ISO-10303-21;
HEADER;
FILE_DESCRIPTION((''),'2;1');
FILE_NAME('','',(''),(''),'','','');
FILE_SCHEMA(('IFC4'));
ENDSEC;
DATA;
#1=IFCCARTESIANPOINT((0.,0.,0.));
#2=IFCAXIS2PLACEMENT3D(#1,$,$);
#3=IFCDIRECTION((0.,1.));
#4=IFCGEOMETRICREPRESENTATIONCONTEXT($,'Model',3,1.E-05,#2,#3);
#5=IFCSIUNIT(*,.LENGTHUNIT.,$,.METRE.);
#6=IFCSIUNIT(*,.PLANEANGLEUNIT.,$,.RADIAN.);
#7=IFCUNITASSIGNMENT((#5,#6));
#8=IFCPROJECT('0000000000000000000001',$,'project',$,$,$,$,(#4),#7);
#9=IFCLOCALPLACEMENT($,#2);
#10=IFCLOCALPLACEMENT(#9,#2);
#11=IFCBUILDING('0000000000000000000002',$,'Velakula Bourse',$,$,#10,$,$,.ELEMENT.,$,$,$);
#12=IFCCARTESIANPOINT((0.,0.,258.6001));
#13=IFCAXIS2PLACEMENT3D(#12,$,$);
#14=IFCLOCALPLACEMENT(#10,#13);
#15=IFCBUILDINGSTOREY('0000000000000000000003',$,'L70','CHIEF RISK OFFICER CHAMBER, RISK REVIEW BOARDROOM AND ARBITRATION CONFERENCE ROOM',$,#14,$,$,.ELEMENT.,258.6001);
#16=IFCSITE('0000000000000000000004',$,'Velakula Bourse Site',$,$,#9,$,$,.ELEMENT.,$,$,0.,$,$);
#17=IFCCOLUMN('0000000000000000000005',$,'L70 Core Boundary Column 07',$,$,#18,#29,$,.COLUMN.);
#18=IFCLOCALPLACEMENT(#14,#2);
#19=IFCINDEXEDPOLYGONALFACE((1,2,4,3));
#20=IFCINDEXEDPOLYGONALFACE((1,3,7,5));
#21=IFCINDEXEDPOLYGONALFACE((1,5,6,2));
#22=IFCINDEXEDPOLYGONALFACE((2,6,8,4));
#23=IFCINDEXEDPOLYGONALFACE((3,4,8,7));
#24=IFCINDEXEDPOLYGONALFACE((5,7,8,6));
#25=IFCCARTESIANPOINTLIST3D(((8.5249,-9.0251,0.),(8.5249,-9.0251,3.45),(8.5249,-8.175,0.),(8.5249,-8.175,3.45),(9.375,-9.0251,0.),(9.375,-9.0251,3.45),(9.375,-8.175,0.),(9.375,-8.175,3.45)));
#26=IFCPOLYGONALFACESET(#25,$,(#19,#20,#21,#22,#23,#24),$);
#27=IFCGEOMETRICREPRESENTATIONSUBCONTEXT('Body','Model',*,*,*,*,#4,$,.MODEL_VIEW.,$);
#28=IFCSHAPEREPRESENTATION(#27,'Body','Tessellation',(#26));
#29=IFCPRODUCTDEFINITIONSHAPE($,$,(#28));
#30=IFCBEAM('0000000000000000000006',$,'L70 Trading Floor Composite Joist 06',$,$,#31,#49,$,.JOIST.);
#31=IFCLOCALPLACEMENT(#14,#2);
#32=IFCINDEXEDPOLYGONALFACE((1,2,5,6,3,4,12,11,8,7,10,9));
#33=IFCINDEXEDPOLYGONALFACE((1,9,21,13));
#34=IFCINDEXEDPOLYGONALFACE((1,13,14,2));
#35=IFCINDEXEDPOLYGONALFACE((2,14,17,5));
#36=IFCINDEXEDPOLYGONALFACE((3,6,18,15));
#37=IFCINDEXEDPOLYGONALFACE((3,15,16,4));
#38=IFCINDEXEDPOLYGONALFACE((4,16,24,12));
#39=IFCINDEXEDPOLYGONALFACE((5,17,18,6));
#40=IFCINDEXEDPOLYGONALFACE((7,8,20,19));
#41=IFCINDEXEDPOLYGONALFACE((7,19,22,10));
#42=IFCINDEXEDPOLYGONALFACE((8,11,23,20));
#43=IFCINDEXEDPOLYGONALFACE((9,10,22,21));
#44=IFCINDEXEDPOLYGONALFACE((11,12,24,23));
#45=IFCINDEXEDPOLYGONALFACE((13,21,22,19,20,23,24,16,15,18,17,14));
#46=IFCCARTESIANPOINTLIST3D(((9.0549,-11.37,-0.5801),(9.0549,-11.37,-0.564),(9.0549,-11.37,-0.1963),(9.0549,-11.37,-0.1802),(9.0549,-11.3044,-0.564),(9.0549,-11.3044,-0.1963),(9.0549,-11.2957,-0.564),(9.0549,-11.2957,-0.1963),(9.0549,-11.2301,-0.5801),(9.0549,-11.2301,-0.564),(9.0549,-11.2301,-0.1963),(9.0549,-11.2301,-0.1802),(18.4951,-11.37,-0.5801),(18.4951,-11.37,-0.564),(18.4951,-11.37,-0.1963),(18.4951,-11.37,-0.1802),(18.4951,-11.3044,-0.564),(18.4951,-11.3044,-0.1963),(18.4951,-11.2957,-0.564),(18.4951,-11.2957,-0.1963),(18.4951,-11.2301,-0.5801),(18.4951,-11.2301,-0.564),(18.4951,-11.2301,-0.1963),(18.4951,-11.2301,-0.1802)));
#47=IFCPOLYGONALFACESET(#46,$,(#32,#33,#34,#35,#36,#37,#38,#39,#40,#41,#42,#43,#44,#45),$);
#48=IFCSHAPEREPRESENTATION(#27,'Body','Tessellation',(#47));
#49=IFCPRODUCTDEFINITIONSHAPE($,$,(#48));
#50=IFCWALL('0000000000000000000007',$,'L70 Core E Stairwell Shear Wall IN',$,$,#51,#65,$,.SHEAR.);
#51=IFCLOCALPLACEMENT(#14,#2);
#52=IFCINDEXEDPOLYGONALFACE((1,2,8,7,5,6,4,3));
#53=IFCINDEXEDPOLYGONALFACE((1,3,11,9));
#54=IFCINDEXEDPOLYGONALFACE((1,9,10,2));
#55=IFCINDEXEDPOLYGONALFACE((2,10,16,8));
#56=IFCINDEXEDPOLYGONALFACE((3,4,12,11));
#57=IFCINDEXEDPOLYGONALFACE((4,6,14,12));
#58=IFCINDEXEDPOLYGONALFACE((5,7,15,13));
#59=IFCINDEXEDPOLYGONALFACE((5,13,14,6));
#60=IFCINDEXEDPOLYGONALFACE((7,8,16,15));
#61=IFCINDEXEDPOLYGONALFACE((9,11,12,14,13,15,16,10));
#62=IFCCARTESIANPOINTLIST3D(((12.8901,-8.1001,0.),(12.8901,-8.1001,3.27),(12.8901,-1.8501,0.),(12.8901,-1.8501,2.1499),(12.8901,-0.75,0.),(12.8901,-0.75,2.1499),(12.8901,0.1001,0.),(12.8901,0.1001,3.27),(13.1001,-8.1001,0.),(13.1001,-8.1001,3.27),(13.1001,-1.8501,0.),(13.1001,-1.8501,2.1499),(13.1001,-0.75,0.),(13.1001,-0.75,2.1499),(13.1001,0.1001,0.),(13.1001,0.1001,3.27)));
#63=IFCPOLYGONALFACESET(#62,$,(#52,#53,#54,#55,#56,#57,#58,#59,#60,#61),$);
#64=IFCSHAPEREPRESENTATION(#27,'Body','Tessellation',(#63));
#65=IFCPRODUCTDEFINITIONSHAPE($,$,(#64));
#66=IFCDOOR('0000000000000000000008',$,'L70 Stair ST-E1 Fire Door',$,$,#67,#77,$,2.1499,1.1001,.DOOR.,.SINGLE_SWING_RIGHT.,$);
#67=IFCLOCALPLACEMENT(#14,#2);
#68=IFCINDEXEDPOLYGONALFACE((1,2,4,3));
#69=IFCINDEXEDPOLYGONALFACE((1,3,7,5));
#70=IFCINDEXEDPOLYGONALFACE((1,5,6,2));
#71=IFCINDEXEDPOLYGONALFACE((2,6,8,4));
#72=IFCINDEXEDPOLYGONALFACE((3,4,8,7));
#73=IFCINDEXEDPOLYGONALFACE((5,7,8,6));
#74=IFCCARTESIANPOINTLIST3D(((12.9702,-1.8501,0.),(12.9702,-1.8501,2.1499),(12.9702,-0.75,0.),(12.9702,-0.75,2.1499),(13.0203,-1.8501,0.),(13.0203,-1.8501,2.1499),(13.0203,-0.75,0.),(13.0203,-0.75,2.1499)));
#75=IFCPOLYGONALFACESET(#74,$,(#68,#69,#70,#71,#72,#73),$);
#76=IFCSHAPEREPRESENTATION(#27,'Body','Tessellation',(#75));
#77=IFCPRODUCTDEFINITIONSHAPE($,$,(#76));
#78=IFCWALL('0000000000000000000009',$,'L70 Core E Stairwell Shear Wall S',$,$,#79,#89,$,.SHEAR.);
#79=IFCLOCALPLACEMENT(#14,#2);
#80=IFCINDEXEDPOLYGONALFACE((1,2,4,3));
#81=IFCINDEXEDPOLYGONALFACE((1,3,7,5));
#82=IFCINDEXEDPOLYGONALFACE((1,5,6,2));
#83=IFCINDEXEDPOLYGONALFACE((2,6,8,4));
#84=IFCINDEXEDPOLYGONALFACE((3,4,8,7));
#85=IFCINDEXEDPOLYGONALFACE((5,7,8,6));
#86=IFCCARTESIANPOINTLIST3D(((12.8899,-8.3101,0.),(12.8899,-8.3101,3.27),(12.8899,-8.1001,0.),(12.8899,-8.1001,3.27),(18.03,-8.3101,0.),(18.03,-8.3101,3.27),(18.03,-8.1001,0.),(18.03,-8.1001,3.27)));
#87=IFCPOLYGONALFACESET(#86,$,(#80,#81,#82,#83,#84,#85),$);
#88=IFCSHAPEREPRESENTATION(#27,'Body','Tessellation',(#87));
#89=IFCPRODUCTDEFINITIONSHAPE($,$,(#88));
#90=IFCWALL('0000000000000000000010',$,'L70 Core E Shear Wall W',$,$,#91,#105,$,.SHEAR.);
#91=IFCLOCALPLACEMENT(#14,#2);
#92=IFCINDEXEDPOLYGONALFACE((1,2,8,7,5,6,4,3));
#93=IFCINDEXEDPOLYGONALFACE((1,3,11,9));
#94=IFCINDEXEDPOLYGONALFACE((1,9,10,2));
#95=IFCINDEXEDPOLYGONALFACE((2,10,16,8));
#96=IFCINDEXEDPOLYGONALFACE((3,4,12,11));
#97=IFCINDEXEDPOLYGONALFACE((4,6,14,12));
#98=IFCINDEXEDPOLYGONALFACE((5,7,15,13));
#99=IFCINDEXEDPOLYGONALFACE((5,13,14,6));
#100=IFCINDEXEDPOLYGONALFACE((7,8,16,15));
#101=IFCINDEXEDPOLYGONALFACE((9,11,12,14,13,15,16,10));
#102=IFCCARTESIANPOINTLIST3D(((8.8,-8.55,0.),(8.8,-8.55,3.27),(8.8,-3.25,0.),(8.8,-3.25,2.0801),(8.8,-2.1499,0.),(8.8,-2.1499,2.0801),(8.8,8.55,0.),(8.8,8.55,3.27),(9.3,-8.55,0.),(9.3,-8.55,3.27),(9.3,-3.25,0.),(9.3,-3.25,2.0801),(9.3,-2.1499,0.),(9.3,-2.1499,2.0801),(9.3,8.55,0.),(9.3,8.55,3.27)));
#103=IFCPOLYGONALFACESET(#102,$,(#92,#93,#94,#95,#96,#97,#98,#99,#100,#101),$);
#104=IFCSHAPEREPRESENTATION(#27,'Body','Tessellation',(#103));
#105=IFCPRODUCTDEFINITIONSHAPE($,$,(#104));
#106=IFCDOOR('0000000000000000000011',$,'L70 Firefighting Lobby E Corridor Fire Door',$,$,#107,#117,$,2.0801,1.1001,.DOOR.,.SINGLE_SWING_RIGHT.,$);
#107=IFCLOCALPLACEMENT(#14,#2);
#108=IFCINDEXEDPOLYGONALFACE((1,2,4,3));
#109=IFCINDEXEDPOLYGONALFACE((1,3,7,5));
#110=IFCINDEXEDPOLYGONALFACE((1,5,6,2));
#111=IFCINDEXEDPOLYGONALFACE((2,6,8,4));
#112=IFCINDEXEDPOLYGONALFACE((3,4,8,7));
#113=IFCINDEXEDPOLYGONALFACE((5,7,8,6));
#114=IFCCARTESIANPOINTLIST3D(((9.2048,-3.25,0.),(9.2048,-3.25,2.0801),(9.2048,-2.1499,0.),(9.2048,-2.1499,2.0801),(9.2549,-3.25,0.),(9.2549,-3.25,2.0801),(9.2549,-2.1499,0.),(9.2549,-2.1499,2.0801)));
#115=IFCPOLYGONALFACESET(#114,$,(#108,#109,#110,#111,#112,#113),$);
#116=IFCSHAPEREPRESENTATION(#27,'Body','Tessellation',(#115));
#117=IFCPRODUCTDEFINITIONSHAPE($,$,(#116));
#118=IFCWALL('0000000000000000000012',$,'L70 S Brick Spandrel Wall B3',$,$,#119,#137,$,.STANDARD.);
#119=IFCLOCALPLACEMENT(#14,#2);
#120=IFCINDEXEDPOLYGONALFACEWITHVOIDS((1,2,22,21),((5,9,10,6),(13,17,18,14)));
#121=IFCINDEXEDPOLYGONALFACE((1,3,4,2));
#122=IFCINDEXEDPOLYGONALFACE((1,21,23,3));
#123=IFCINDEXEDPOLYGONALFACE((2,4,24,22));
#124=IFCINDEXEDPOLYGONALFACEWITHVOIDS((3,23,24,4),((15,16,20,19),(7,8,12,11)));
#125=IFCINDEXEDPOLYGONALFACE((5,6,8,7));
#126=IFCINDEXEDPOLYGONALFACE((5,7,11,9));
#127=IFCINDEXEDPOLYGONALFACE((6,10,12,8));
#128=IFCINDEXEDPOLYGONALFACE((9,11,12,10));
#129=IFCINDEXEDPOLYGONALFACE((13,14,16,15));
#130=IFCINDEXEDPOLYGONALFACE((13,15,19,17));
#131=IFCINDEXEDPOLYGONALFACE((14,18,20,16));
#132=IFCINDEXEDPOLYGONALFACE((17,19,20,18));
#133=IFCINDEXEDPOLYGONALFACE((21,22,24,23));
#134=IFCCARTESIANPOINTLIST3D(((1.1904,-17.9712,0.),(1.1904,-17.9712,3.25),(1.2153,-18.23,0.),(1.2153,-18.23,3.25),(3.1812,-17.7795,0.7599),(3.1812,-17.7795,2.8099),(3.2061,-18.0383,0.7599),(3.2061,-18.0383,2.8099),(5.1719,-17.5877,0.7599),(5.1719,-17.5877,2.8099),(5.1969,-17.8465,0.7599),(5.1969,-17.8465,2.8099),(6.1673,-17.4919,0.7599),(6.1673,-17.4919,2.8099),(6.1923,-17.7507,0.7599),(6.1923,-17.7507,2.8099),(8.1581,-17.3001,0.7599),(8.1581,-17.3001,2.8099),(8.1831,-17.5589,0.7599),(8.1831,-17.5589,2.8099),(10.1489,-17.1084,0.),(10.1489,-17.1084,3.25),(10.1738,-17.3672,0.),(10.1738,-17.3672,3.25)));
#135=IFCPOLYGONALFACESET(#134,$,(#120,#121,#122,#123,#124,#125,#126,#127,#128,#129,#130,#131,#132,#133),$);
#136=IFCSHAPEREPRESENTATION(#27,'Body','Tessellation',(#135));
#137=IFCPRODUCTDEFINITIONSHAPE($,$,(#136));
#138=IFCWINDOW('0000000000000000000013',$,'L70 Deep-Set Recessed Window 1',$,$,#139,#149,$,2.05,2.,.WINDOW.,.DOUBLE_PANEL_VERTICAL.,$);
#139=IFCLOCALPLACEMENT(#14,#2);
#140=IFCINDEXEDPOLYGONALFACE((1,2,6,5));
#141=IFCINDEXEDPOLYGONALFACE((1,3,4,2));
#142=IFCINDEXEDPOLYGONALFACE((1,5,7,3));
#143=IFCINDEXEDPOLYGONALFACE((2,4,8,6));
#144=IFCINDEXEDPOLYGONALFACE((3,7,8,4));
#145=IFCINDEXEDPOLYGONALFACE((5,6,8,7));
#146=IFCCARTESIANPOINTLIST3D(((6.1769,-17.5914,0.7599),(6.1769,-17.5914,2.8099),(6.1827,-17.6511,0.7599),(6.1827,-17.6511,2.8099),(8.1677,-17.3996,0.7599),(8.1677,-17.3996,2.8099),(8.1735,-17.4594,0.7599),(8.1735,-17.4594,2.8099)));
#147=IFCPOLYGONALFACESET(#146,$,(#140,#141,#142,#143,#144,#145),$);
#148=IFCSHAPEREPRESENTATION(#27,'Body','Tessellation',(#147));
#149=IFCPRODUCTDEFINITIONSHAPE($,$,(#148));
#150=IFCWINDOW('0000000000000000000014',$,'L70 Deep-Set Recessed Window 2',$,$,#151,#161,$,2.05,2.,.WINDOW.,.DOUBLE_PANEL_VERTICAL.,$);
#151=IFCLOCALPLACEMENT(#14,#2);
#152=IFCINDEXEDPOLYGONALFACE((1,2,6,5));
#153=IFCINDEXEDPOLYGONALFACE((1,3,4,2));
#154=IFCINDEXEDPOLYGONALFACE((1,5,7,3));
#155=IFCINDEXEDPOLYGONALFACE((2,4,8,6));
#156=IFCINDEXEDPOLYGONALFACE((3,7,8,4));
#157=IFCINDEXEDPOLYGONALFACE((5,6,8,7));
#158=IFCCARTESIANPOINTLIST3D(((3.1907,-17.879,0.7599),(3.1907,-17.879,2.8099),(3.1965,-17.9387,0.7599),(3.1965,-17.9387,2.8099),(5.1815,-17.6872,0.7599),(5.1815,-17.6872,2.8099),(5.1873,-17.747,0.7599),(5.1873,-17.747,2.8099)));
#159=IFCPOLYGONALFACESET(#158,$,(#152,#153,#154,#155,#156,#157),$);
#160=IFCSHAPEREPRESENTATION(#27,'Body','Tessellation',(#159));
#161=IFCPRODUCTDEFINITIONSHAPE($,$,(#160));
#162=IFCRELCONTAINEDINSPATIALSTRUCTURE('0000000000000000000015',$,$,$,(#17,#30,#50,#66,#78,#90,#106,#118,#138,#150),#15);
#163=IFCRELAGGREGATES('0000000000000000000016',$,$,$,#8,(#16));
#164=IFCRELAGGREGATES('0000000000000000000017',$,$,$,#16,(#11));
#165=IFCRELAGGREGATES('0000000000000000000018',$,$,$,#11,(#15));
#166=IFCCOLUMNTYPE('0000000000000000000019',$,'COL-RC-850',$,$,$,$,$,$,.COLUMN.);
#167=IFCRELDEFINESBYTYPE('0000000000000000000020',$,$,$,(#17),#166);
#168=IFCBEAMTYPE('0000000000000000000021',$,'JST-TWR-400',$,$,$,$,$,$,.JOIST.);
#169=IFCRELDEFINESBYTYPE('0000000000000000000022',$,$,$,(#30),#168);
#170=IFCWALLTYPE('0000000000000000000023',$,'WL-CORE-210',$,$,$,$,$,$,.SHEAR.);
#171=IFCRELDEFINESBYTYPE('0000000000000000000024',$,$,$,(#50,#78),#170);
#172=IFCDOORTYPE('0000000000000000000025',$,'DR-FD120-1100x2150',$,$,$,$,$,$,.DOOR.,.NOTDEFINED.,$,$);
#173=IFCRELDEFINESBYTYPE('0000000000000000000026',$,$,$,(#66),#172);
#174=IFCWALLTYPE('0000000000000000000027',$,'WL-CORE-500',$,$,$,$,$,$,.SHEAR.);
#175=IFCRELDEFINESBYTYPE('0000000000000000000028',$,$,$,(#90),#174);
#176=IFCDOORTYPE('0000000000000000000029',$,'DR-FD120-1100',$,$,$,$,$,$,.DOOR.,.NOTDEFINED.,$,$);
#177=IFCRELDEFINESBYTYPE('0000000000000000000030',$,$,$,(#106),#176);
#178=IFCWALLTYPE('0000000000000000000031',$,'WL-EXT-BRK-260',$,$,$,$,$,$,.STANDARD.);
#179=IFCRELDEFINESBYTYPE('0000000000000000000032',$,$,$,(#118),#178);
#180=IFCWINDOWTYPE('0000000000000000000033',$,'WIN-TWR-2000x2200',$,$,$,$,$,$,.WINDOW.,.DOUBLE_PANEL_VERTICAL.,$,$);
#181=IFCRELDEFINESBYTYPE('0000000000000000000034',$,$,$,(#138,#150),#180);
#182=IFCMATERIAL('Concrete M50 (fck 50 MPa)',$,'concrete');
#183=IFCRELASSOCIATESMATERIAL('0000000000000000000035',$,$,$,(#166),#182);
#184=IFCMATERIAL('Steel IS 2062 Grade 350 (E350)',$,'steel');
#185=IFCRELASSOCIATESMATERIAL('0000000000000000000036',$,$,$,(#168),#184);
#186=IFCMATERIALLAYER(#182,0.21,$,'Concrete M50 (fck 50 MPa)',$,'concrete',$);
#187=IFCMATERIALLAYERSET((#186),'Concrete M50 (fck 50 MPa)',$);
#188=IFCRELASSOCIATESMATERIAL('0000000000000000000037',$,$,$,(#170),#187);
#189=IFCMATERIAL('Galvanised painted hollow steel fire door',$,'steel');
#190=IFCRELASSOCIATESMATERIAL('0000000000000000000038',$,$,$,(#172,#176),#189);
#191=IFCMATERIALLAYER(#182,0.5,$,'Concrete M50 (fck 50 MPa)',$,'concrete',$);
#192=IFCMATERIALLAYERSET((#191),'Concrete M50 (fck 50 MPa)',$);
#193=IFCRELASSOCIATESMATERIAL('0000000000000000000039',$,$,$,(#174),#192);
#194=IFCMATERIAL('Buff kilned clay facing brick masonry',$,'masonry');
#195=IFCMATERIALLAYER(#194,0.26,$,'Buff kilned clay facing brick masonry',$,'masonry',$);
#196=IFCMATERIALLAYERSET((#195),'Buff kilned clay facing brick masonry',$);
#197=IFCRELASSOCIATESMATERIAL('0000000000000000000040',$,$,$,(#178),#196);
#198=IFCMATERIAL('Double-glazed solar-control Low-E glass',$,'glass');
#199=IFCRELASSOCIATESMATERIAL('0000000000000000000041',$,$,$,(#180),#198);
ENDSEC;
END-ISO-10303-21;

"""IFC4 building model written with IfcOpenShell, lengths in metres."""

from ifc_helpers import new_model, si_unit, direction, frame, frame_2d, origin, origin_2d, place, context, subcontext, project, spatial, rectangle, i_section, extrude, material, layer, layer_set, material_profile, profile_set, type_object, element, fill, save


model = new_model("IFC4")

# Units and contexts
model_context = context("Model", 3, precision=1e-05, world=origin(), true_north=direction((0.0, 1.0)))
body_context = subcontext(model_context, "Body", "Model", "MODEL_VIEW")
ifc_project = project(units=[si_unit("LENGTHUNIT", "METRE"), si_unit("PLANEANGLEUNIT", "RADIAN")], contexts=[model_context])

# Site, building, storey
site_placement = place(None, origin())
site = spatial("IfcSite", under=ifc_project, at=site_placement, Name="Velakula Bourse Site", CompositionType="ELEMENT", RefElevation=0.0)
building_placement = place(site_placement, origin())
building = spatial("IfcBuilding", under=site, at=building_placement, Name="Velakula Bourse", CompositionType="ELEMENT")
storey_placement = place(building_placement, frame((0.0, 0.0, 258.6001)))
storey = spatial("IfcBuildingStorey", under=building, at=storey_placement, Name="L70", Description="CHIEF RISK OFFICER CHAMBER, RISK REVIEW BOARDROOM AND ARBITRATION CONFERENCE ROOM", CompositionType="ELEMENT", Elevation=258.6001)

# Column
ifc_material_1 = material(Name="Concrete M50 (fck 50 MPa)", Category="concrete")
ifc_material_profile_1 = material_profile(ifc_material_1, rectangle(XDim=0.8501, YDim=0.8501, at=origin_2d()), Name="Concrete M50 (fck 50 MPa)")
ifc_profile_set_1 = profile_set([ifc_material_profile_1], Name="Concrete M50 (fck 50 MPa)")
column_type = type_object("IfcColumnType", Name="COL-RC-850", PredefinedType="COLUMN", material=ifc_profile_set_1)
column_placement = place(storey_placement, frame((8.95, -8.6001, 0.0), z_axis=(0.0, 0.0, 1.0), x_axis=(1.0, 0.0, 0.0)))
element("IfcColumn", 1, at=column_placement, inside=storey, type_object=column_type, Name="L70 Core Boundary Column 07", PredefinedType="COLUMN", context=body_context, shape_type="SweptSolid", body=[
    extrude(rectangle(XDim=0.8501, YDim=0.8501, at=origin_2d()), origin(), (0.0, 0.0, 1.0), 3.45),
])

# Beam
ifc_material_2 = material(Name="Steel IS 2062 Grade 350 (E350)", Category="steel")
ifc_material_profile_2 = material_profile(ifc_material_2, i_section(OverallWidth=0.1399, OverallDepth=0.3999, WebThickness=0.0088, FlangeThickness=0.0161, at=origin_2d()), Name="Steel IS 2062 Grade 350 (E350)")
ifc_profile_set_2 = profile_set([ifc_material_profile_2], Name="Steel IS 2062 Grade 350 (E350)")
beam_type = type_object("IfcBeamType", Name="JST-TWR-400", PredefinedType="JOIST", material=ifc_profile_set_2)
beam_placement = place(storey_placement, frame((9.0549, -11.3, -0.3801), z_axis=(1.0, 0.0, 0.0), x_axis=(0.0, 1.0, 0.0)))
element("IfcBeam", 2, at=beam_placement, inside=storey, type_object=beam_type, Name="L70 Trading Floor Composite Joist 06", PredefinedType="JOIST", context=body_context, shape_type="SweptSolid", body=[
    extrude(i_section(OverallWidth=0.1399, OverallDepth=0.3999, WebThickness=0.0088, FlangeThickness=0.0161, at=origin_2d()), origin(), (0.0, 0.0, 1.0), 9.4402),
])

# Wall, opening, door
ifc_layer_1 = layer(ifc_material_1, 0.21, Name="Concrete M50 (fck 50 MPa)", Category="concrete")
ifc_layer_set_1 = layer_set([ifc_layer_1], Name="Concrete M50 (fck 50 MPa)")
wall_type_1 = type_object("IfcWallType", Name="WL-CORE-210", PredefinedType="SHEAR", material=ifc_layer_set_1)
wall_1_placement = place(storey_placement, frame((12.9951, -8.1001, 0.0), z_axis=(0.0, 0.0, 1.0), x_axis=(0.0, 1.0, 0.0)))
wall_1 = element("IfcWall", 3, at=wall_1_placement, inside=storey, type_object=wall_type_1, Name="L70 Core E Stairwell Shear Wall IN", PredefinedType="SHEAR", context=body_context, shape_type="SweptSolid", body=[
    extrude(rectangle(XDim=8.2002, YDim=0.21, at=frame_2d((4.1001, 0.0))), origin(), (0.0, 0.0, 1.0), 3.27),
])
opening_1_placement = place(wall_1_placement, frame((6.25, 0.0, 0.0)))
opening_1 = element("IfcOpeningElement", 4, at=opening_1_placement, cuts=wall_1, PredefinedType="OPENING", context=body_context, shape_type="SweptSolid", body=[
    extrude(rectangle(XDim=1.1001, YDim=2.1499, at=frame_2d((0.55, 1.075))), frame((0.0, 0.115, 0.0), z_axis=(0.0, -1.0, 0.0), x_axis=(1.0, 0.0, 0.0)), (0.0, 0.0, 1.0), 0.23),
])
ifc_material_3 = material(Name="Galvanised painted hollow steel fire door", Category="steel")
door_type_1 = type_object("IfcDoorType", Name="DR-FD120-1100x2150", OperationType="NOTDEFINED", PredefinedType="DOOR", material=ifc_material_3)
door_1_placement = place(opening_1_placement, origin())
door_1 = element("IfcDoor", 5, at=door_1_placement, inside=storey, type_object=door_type_1, Name="L70 Stair ST-E1 Fire Door", OperationType="SINGLE_SWING_RIGHT", OverallHeight=2.1499, OverallWidth=1.1001, PredefinedType="DOOR", context=body_context, shape_type="SweptSolid", body=[
    extrude(rectangle(XDim=1.1001, YDim=2.1499, at=frame_2d((0.55, 1.075))), frame((0.0, 0.0249, 0.0), z_axis=(0.0, -1.0, 0.0), x_axis=(1.0, 0.0, 0.0)), (0.0, 0.0, 1.0), 0.05),
])
fill(opening_1, door_1)

# Wall
wall_2_placement = place(storey_placement, frame((12.8899, -8.2051, 0.0), z_axis=(0.0, 0.0, 1.0), x_axis=(1.0, 0.0, 0.0)))
element("IfcWall", 6, at=wall_2_placement, inside=storey, type_object=wall_type_1, Name="L70 Core E Stairwell Shear Wall S", PredefinedType="SHEAR", context=body_context, shape_type="SweptSolid", body=[
    extrude(rectangle(XDim=5.1401, YDim=0.21, at=frame_2d((2.5701, 0.0))), origin(), (0.0, 0.0, 1.0), 3.27),
])

# Wall, opening, door
ifc_layer_2 = layer(ifc_material_1, 0.5, Name="Concrete M50 (fck 50 MPa)", Category="concrete")
ifc_layer_set_2 = layer_set([ifc_layer_2], Name="Concrete M50 (fck 50 MPa)")
wall_type_2 = type_object("IfcWallType", Name="WL-CORE-500", PredefinedType="SHEAR", material=ifc_layer_set_2)
wall_3_placement = place(storey_placement, frame((9.05, -8.55, 0.0), z_axis=(0.0, 0.0, 1.0), x_axis=(0.0, 1.0, 0.0)))
wall_3 = element("IfcWall", 7, at=wall_3_placement, inside=storey, type_object=wall_type_2, Name="L70 Core E Shear Wall W", PredefinedType="SHEAR", context=body_context, shape_type="SweptSolid", body=[
    extrude(rectangle(XDim=17.1001, YDim=0.5, at=frame_2d((8.55, 0.0))), origin(), (0.0, 0.0, 1.0), 3.27),
])
opening_2_placement = place(wall_3_placement, frame((5.3, 0.0, 0.0)))
opening_2 = element("IfcOpeningElement", 8, at=opening_2_placement, cuts=wall_3, PredefinedType="OPENING", context=body_context, shape_type="SweptSolid", body=[
    extrude(rectangle(XDim=1.1001, YDim=2.0801, at=frame_2d((0.55, 1.04))), frame((0.0, 0.26, 0.0), z_axis=(0.0, -1.0, 0.0), x_axis=(1.0, 0.0, 0.0)), (0.0, 0.0, 1.0), 0.52),
])
door_type_2 = type_object("IfcDoorType", Name="DR-FD120-1100", OperationType="NOTDEFINED", PredefinedType="DOOR", material=ifc_material_3)
door_2_placement = place(opening_2_placement, origin())
door_2 = element("IfcDoor", 9, at=door_2_placement, inside=storey, type_object=door_type_2, Name="L70 Firefighting Lobby E Corridor Fire Door", OperationType="SINGLE_SWING_RIGHT", OverallHeight=2.0801, OverallWidth=1.1001, PredefinedType="DOOR", context=body_context, shape_type="SweptSolid", body=[
    extrude(rectangle(XDim=1.1001, YDim=2.0801, at=frame_2d((0.55, 1.04))), frame((0.0, -0.1548, 0.0), z_axis=(0.0, -1.0, 0.0), x_axis=(1.0, 0.0, 0.0)), (0.0, 0.0, 1.0), 0.05),
])
fill(opening_2, door_2)

# Wall, openings, windows
ifc_material_4 = material(Name="Buff kilned clay facing brick masonry", Category="masonry")
ifc_layer_3 = layer(ifc_material_4, 0.26, Name="Buff kilned clay facing brick masonry", Category="masonry")
ifc_layer_set_3 = layer_set([ifc_layer_3], Name="Buff kilned clay facing brick masonry")
wall_type_3 = type_object("IfcWallType", Name="WL-EXT-BRK-260", PredefinedType="STANDARD", material=ifc_layer_set_3)
wall_4_placement = place(storey_placement, frame((10.1614, -17.2378, 0.0), z_axis=(0.0, 0.0, 1.0), x_axis=(-0.995394, -0.095866, 0.0)))
wall_4 = element("IfcWall", 10, at=wall_4_placement, inside=storey, type_object=wall_type_3, Name="L70 S Brick Spandrel Wall B3", PredefinedType="STANDARD", context=body_context, shape_type="SweptSolid", body=[
    extrude(rectangle(XDim=9.0, YDim=0.26, at=frame_2d((4.5, 0.0))), origin(), (0.0, 0.0, 1.0), 3.25),
])
opening_3_placement = place(wall_4_placement, frame((2.0, 0.0, 0.76)))
opening_3 = element("IfcOpeningElement", 11, at=opening_3_placement, cuts=wall_4, PredefinedType="OPENING", context=body_context, shape_type="SweptSolid", body=[
    extrude(rectangle(XDim=2.0, YDim=2.05, at=frame_2d((1.0, 1.0249))), frame((0.0, 0.1399, 0.0), z_axis=(0.0, -1.0, 0.0), x_axis=(1.0, 0.0, 0.0)), (0.0, 0.0, 1.0), 0.28),
])
opening_4_placement = place(wall_4_placement, frame((5.0, 0.0, 0.76)))
opening_4 = element("IfcOpeningElement", 12, at=opening_4_placement, cuts=wall_4, PredefinedType="OPENING", context=body_context, shape_type="SweptSolid", body=[
    extrude(rectangle(XDim=2.0, YDim=2.05, at=frame_2d((1.0, 1.0249))), frame((0.0, 0.1399, 0.0), z_axis=(0.0, -1.0, 0.0), x_axis=(1.0, 0.0, 0.0)), (0.0, 0.0, 1.0), 0.28),
])
ifc_material_5 = material(Name="Double-glazed solar-control Low-E glass", Category="glass")
window_type = type_object("IfcWindowType", Name="WIN-TWR-2000x2200", PartitioningType="DOUBLE_PANEL_VERTICAL", PredefinedType="WINDOW", material=ifc_material_5)
window_1_placement = place(opening_3_placement, origin())
window_1 = element("IfcWindow", 13, at=window_1_placement, inside=storey, type_object=window_type, Name="L70 Deep-Set Recessed Window 1", OverallHeight=2.05, OverallWidth=2.0, PartitioningType="DOUBLE_PANEL_VERTICAL", PredefinedType="WINDOW", context=body_context, shape_type="SweptSolid", body=[
    extrude(rectangle(XDim=2.0, YDim=2.05, at=frame_2d((1.0, 1.0249))), frame((0.0, 0.03, 0.0), z_axis=(0.0, -1.0, 0.0), x_axis=(1.0, 0.0, 0.0)), (0.0, 0.0, 1.0), 0.0601),
])
fill(opening_3, window_1)
window_2_placement = place(opening_4_placement, origin())
window_2 = element("IfcWindow", 14, at=window_2_placement, inside=storey, type_object=window_type, Name="L70 Deep-Set Recessed Window 2", OverallHeight=2.05, OverallWidth=2.0, PartitioningType="DOUBLE_PANEL_VERTICAL", PredefinedType="WINDOW", context=body_context, shape_type="SweptSolid", body=[
    extrude(rectangle(XDim=2.0, YDim=2.05, at=frame_2d((1.0, 1.0249))), frame((0.0, 0.03, 0.0), z_axis=(0.0, -1.0, 0.0), x_axis=(1.0, 0.0, 0.0)), (0.0, 0.0, 1.0), 0.0601),
])
fill(opening_4, window_2)

save(model, "model.ifc")
